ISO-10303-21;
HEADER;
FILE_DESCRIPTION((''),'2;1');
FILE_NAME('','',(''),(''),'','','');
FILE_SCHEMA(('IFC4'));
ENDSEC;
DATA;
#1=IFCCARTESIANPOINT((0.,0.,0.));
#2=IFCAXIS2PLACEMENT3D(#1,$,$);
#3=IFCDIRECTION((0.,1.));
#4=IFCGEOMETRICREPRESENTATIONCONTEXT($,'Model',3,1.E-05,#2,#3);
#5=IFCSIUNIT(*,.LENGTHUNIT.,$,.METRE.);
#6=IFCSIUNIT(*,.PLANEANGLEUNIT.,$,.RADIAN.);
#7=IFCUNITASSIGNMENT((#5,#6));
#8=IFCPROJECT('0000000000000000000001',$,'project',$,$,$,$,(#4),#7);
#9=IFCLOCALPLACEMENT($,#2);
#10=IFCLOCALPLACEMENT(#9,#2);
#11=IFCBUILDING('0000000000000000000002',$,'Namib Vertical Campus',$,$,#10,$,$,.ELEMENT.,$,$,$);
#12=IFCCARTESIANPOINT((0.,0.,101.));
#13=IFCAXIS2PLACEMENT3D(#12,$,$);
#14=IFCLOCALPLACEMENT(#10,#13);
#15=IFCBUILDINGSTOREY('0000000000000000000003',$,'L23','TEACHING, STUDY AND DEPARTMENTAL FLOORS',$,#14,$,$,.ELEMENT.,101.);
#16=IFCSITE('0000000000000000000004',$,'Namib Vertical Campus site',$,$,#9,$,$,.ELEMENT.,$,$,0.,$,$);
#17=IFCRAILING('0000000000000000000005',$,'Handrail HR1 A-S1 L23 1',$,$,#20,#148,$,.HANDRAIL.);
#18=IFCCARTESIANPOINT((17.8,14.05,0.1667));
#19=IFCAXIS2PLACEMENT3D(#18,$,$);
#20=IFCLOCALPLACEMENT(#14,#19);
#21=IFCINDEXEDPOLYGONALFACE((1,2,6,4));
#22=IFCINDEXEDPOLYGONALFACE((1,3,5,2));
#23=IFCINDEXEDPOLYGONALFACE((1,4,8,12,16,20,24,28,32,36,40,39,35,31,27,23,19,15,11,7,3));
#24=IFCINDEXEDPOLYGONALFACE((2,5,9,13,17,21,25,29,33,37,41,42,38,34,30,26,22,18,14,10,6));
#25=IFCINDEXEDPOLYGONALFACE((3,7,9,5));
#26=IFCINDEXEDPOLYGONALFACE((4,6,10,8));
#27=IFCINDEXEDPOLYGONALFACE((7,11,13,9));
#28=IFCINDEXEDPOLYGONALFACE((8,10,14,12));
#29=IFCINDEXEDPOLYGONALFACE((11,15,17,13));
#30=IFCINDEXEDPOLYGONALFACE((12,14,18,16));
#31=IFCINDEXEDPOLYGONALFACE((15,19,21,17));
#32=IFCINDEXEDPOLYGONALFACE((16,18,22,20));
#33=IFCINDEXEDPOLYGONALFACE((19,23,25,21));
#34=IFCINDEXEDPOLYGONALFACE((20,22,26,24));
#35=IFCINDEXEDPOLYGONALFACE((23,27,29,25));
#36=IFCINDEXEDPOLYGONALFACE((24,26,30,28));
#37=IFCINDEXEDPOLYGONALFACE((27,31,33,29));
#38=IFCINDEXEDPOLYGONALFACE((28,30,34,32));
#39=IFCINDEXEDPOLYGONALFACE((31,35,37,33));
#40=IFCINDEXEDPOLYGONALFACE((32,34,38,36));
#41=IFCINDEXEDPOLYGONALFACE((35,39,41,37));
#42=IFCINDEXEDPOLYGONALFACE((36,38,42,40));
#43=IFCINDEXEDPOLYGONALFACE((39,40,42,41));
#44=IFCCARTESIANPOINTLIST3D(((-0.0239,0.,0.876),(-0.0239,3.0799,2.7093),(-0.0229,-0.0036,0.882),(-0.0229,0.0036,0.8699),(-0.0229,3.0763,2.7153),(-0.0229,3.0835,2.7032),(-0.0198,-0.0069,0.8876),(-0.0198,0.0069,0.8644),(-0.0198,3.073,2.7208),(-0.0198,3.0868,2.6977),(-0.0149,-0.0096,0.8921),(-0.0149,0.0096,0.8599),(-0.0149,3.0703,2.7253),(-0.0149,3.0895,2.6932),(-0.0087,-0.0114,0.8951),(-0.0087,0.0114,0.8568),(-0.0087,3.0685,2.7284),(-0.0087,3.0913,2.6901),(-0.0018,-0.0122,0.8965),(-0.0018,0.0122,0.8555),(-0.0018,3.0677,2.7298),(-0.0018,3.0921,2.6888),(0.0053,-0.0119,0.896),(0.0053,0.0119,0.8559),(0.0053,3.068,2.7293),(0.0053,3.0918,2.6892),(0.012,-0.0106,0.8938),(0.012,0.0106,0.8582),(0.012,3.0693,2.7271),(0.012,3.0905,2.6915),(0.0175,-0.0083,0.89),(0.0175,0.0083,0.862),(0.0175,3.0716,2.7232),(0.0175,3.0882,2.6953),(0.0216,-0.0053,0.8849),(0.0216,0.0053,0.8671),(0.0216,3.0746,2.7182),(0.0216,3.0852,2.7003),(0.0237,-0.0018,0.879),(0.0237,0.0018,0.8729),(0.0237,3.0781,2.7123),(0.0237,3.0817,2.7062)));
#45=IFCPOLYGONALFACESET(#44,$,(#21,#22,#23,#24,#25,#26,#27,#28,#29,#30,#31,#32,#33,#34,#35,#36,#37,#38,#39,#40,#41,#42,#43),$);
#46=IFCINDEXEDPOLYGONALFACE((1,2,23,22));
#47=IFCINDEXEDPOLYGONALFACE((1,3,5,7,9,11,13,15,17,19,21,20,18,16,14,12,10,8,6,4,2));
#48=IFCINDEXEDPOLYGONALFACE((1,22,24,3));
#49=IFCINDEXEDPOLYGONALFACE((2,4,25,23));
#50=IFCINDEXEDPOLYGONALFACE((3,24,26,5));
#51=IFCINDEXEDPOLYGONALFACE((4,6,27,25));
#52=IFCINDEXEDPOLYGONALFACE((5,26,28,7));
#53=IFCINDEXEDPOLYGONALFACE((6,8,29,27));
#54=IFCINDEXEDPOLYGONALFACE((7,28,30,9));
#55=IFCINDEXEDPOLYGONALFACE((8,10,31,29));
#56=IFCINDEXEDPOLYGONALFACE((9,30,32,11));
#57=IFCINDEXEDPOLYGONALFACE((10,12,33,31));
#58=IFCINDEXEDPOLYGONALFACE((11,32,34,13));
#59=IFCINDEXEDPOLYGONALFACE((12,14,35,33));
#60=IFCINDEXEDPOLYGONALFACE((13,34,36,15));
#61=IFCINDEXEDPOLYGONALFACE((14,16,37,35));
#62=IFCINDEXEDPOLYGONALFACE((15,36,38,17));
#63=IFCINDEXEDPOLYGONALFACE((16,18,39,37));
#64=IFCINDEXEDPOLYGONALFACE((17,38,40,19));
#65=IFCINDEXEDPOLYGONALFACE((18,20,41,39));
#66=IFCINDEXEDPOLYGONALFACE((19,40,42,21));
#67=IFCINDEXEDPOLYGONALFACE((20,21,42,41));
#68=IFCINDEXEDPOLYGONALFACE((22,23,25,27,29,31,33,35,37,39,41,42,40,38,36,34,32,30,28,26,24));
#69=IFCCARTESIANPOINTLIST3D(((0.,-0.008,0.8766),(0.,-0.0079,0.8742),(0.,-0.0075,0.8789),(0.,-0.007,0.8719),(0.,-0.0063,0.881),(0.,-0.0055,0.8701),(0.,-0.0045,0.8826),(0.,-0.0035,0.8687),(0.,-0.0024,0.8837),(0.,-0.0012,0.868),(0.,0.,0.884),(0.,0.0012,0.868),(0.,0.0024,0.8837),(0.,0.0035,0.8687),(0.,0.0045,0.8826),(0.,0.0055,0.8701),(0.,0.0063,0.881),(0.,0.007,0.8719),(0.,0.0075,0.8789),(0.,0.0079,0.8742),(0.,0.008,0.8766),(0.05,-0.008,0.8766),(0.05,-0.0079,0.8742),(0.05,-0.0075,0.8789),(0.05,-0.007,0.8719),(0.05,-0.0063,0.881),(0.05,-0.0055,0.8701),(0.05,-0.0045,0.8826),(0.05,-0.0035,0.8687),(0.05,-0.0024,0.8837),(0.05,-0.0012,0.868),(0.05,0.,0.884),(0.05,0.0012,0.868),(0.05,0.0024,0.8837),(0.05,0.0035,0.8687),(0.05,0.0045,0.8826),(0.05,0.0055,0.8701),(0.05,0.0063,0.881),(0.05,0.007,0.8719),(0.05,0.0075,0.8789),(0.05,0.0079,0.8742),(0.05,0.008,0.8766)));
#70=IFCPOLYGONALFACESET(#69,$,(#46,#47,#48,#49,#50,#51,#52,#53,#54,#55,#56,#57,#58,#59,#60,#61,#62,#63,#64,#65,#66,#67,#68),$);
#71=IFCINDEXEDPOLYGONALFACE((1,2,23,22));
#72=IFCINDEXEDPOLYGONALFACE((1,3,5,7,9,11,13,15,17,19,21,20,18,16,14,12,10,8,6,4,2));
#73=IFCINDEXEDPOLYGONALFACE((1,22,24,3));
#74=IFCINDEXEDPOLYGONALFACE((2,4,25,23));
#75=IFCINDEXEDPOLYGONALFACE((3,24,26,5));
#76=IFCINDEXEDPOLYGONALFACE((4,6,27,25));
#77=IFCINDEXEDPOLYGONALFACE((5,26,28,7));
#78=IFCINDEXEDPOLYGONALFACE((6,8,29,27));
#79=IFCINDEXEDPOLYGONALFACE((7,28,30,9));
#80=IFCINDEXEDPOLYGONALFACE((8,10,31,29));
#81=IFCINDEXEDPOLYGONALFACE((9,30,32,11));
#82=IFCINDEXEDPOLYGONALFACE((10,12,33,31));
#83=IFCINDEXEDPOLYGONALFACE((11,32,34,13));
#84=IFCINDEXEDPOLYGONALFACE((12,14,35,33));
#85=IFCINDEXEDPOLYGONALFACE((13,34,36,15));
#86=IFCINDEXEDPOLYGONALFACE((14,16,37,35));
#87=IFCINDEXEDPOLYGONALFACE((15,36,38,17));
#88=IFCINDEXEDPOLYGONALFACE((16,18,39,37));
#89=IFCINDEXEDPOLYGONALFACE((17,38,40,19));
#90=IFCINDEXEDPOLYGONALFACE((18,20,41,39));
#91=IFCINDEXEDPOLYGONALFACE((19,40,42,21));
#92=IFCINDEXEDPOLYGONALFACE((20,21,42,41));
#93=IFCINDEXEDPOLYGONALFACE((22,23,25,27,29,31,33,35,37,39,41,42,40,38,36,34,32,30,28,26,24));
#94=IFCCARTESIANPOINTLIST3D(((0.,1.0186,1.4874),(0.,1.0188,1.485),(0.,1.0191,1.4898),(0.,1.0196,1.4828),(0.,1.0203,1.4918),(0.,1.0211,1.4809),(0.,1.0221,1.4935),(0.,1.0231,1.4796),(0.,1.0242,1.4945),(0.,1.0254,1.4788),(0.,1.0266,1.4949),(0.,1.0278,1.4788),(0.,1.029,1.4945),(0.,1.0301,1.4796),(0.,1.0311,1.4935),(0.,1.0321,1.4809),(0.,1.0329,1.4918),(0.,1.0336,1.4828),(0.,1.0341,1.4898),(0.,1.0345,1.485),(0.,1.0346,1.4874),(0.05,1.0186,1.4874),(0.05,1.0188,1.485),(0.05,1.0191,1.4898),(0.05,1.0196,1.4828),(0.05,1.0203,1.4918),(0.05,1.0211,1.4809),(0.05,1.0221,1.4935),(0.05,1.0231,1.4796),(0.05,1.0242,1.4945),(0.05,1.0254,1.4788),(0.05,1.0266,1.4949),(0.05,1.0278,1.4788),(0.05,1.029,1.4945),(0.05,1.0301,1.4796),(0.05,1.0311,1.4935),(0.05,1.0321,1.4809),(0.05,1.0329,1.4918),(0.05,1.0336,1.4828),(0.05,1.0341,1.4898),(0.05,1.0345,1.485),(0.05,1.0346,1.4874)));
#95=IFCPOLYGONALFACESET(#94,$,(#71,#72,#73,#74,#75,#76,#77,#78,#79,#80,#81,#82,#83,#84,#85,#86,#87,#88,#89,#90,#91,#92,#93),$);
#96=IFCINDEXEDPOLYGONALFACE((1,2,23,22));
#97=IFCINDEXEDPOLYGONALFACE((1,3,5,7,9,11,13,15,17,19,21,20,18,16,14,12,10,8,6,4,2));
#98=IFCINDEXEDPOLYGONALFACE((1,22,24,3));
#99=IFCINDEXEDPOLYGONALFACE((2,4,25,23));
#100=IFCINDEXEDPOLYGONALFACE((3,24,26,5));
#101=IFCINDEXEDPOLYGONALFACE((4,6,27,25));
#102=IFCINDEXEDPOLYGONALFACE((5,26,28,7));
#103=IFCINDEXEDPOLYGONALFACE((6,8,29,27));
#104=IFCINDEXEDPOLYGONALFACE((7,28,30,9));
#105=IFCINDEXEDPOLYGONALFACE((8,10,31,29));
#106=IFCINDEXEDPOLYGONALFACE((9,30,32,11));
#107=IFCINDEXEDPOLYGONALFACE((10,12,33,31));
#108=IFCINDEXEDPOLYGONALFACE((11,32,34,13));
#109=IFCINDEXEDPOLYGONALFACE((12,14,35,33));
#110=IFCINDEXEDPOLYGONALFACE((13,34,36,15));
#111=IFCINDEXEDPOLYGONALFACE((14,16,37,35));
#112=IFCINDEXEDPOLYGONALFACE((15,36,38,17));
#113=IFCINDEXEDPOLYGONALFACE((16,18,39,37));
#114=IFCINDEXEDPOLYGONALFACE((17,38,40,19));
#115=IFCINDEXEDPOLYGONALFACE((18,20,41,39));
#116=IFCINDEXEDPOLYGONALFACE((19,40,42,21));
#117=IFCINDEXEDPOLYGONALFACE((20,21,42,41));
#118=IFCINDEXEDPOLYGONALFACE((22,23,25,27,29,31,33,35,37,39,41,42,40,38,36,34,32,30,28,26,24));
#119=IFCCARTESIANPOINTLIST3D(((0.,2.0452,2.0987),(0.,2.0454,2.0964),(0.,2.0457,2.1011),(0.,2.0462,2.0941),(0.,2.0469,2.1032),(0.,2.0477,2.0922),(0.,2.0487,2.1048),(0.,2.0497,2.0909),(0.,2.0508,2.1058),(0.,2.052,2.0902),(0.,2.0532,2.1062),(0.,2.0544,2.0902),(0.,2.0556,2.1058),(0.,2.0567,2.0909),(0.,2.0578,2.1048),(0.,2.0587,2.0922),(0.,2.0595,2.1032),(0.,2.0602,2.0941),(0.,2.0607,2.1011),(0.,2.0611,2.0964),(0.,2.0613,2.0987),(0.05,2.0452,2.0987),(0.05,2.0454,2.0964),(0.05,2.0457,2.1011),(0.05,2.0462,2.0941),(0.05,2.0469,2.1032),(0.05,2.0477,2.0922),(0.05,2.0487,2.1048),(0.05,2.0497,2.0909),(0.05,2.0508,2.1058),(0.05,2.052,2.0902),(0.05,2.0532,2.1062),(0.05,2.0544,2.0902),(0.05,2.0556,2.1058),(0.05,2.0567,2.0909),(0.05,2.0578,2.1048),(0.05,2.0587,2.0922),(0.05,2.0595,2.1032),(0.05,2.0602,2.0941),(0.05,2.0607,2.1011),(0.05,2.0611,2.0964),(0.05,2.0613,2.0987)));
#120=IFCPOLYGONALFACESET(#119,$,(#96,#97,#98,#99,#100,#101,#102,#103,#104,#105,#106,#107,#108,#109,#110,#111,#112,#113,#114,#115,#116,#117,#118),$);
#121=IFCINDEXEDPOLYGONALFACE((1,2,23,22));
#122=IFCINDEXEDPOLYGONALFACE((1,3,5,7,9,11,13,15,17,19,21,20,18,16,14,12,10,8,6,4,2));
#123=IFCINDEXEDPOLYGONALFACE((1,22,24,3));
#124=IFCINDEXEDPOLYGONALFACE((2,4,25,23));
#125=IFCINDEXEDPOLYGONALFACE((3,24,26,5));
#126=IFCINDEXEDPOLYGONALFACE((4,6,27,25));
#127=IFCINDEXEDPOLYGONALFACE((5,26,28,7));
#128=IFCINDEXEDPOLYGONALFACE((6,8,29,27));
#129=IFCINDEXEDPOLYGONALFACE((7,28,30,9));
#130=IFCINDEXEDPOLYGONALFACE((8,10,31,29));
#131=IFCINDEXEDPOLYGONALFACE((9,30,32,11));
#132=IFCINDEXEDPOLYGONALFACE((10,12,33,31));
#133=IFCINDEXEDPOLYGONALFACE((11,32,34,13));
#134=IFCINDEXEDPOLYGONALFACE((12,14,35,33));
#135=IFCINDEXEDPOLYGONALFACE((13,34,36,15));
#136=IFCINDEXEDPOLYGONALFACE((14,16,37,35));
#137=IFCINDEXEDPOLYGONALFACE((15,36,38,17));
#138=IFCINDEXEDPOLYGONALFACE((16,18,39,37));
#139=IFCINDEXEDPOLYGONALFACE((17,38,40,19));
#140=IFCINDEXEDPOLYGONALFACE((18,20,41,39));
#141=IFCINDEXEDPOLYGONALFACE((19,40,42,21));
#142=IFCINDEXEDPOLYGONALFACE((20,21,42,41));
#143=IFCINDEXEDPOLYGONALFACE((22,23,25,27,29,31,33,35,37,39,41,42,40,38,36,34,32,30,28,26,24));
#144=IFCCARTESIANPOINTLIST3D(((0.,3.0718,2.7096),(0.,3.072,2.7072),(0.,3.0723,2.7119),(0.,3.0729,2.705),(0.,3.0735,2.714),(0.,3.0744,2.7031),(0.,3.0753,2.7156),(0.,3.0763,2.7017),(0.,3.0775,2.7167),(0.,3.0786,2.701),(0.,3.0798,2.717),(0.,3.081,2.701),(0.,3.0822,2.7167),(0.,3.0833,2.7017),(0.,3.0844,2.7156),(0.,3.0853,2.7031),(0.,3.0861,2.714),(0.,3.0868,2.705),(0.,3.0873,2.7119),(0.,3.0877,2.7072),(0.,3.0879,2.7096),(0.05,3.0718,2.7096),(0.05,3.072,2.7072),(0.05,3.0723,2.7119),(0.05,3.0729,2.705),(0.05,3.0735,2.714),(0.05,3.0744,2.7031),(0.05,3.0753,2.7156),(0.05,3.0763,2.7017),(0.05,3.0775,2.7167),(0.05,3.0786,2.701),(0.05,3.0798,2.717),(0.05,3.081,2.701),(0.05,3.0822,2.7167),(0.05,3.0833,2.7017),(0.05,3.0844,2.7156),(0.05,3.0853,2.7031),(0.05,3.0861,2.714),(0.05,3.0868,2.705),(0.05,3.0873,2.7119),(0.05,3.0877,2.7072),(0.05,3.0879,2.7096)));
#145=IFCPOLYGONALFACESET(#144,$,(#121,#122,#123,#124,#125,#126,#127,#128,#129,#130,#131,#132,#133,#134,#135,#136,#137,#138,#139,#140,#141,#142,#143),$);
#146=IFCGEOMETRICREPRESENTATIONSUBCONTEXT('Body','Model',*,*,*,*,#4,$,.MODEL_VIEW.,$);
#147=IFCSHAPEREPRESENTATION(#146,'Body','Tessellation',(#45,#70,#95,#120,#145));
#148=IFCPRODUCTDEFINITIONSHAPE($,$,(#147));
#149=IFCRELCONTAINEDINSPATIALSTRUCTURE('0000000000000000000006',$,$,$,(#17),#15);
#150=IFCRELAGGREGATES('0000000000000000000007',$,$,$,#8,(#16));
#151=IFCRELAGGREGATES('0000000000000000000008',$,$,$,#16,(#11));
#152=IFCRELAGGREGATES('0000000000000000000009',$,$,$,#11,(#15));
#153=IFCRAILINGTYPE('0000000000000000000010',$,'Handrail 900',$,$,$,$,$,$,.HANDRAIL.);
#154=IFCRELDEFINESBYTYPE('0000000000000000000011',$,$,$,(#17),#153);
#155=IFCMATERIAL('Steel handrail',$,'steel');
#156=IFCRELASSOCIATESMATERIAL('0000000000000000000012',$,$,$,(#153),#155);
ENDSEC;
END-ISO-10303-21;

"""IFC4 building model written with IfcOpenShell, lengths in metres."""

from ifc_helpers import new_model, si_unit, direction, frame, origin, origin_2d, place, context, subcontext, project, spatial, circle, extrude, material, type_object, element, save


model = new_model("IFC4")

# Units and contexts
model_context = context("Model", 3, precision=1e-05, world=origin(), true_north=direction((0.0, 1.0)))
body_context = subcontext(model_context, "Body", "Model", "MODEL_VIEW")
ifc_project = project(units=[si_unit("LENGTHUNIT", "METRE"), si_unit("PLANEANGLEUNIT", "RADIAN")], contexts=[model_context])

# Site, building, storey
site_placement = place(None, origin())
site = spatial("IfcSite", under=ifc_project, at=site_placement, Name="Namib Vertical Campus site", CompositionType="ELEMENT", RefElevation=0.0)
building_placement = place(site_placement, origin())
building = spatial("IfcBuilding", under=site, at=building_placement, Name="Namib Vertical Campus", CompositionType="ELEMENT")
storey_placement = place(building_placement, frame((0.0, 0.0, 101.0)))
storey = spatial("IfcBuildingStorey", under=building, at=storey_placement, Name="L23", Description="TEACHING, STUDY AND DEPARTMENTAL FLOORS", CompositionType="ELEMENT", Elevation=101.0)

# Railing
ifc_material_1 = material(Name="Steel handrail", Category="steel")
railing_type_1 = type_object("IfcRailingType", Name="Handrail 900", PredefinedType="HANDRAIL", material=ifc_material_1)
railing_1_placement = place(storey_placement, frame((17.8, 14.05, 0.1667)))
element("IfcRailing", 1, at=railing_1_placement, inside=storey, type_object=railing_type_1, Name="Handrail HR1 A-S1 L23 1", PredefinedType="HANDRAIL", context=body_context, shape_type="SweptSolid", body=[
    extrude(circle(Radius=0.0239, at=origin_2d()), frame((0.0, 0.0, 0.876), z_axis=(0.0, 0.859291, 0.511487), x_axis=(-1.0, 0.0, 0.0)), (0.0, 0.0, 1.0), 3.5842),
    extrude(circle(Radius=0.0081, at=origin_2d()), frame((0.0, 0.0, 0.876), z_axis=(1.0, 0.0, 0.0), x_axis=(0.0, 0.0, 1.0)), (0.0, 0.0, 1.0), 0.05),
    extrude(circle(Radius=0.0081, at=origin_2d()), frame((0.0, 1.0266, 1.4868), z_axis=(1.0, 0.0, 0.0), x_axis=(0.0, 0.0, 1.0)), (0.0, 0.0, 1.0), 0.05),
    extrude(circle(Radius=0.0081, at=origin_2d()), frame((0.0, 2.0532, 2.0981), z_axis=(1.0, 0.0, 0.0), x_axis=(0.0, 0.0, 1.0)), (0.0, 0.0, 1.0), 0.05),
    extrude(circle(Radius=0.0081, at=origin_2d()), frame((0.0, 3.0798, 2.709), z_axis=(1.0, 0.0, 0.0), x_axis=(0.0, 0.0, 1.0)), (0.0, 0.0, 1.0), 0.05),
])

save(model, "model.ifc")
